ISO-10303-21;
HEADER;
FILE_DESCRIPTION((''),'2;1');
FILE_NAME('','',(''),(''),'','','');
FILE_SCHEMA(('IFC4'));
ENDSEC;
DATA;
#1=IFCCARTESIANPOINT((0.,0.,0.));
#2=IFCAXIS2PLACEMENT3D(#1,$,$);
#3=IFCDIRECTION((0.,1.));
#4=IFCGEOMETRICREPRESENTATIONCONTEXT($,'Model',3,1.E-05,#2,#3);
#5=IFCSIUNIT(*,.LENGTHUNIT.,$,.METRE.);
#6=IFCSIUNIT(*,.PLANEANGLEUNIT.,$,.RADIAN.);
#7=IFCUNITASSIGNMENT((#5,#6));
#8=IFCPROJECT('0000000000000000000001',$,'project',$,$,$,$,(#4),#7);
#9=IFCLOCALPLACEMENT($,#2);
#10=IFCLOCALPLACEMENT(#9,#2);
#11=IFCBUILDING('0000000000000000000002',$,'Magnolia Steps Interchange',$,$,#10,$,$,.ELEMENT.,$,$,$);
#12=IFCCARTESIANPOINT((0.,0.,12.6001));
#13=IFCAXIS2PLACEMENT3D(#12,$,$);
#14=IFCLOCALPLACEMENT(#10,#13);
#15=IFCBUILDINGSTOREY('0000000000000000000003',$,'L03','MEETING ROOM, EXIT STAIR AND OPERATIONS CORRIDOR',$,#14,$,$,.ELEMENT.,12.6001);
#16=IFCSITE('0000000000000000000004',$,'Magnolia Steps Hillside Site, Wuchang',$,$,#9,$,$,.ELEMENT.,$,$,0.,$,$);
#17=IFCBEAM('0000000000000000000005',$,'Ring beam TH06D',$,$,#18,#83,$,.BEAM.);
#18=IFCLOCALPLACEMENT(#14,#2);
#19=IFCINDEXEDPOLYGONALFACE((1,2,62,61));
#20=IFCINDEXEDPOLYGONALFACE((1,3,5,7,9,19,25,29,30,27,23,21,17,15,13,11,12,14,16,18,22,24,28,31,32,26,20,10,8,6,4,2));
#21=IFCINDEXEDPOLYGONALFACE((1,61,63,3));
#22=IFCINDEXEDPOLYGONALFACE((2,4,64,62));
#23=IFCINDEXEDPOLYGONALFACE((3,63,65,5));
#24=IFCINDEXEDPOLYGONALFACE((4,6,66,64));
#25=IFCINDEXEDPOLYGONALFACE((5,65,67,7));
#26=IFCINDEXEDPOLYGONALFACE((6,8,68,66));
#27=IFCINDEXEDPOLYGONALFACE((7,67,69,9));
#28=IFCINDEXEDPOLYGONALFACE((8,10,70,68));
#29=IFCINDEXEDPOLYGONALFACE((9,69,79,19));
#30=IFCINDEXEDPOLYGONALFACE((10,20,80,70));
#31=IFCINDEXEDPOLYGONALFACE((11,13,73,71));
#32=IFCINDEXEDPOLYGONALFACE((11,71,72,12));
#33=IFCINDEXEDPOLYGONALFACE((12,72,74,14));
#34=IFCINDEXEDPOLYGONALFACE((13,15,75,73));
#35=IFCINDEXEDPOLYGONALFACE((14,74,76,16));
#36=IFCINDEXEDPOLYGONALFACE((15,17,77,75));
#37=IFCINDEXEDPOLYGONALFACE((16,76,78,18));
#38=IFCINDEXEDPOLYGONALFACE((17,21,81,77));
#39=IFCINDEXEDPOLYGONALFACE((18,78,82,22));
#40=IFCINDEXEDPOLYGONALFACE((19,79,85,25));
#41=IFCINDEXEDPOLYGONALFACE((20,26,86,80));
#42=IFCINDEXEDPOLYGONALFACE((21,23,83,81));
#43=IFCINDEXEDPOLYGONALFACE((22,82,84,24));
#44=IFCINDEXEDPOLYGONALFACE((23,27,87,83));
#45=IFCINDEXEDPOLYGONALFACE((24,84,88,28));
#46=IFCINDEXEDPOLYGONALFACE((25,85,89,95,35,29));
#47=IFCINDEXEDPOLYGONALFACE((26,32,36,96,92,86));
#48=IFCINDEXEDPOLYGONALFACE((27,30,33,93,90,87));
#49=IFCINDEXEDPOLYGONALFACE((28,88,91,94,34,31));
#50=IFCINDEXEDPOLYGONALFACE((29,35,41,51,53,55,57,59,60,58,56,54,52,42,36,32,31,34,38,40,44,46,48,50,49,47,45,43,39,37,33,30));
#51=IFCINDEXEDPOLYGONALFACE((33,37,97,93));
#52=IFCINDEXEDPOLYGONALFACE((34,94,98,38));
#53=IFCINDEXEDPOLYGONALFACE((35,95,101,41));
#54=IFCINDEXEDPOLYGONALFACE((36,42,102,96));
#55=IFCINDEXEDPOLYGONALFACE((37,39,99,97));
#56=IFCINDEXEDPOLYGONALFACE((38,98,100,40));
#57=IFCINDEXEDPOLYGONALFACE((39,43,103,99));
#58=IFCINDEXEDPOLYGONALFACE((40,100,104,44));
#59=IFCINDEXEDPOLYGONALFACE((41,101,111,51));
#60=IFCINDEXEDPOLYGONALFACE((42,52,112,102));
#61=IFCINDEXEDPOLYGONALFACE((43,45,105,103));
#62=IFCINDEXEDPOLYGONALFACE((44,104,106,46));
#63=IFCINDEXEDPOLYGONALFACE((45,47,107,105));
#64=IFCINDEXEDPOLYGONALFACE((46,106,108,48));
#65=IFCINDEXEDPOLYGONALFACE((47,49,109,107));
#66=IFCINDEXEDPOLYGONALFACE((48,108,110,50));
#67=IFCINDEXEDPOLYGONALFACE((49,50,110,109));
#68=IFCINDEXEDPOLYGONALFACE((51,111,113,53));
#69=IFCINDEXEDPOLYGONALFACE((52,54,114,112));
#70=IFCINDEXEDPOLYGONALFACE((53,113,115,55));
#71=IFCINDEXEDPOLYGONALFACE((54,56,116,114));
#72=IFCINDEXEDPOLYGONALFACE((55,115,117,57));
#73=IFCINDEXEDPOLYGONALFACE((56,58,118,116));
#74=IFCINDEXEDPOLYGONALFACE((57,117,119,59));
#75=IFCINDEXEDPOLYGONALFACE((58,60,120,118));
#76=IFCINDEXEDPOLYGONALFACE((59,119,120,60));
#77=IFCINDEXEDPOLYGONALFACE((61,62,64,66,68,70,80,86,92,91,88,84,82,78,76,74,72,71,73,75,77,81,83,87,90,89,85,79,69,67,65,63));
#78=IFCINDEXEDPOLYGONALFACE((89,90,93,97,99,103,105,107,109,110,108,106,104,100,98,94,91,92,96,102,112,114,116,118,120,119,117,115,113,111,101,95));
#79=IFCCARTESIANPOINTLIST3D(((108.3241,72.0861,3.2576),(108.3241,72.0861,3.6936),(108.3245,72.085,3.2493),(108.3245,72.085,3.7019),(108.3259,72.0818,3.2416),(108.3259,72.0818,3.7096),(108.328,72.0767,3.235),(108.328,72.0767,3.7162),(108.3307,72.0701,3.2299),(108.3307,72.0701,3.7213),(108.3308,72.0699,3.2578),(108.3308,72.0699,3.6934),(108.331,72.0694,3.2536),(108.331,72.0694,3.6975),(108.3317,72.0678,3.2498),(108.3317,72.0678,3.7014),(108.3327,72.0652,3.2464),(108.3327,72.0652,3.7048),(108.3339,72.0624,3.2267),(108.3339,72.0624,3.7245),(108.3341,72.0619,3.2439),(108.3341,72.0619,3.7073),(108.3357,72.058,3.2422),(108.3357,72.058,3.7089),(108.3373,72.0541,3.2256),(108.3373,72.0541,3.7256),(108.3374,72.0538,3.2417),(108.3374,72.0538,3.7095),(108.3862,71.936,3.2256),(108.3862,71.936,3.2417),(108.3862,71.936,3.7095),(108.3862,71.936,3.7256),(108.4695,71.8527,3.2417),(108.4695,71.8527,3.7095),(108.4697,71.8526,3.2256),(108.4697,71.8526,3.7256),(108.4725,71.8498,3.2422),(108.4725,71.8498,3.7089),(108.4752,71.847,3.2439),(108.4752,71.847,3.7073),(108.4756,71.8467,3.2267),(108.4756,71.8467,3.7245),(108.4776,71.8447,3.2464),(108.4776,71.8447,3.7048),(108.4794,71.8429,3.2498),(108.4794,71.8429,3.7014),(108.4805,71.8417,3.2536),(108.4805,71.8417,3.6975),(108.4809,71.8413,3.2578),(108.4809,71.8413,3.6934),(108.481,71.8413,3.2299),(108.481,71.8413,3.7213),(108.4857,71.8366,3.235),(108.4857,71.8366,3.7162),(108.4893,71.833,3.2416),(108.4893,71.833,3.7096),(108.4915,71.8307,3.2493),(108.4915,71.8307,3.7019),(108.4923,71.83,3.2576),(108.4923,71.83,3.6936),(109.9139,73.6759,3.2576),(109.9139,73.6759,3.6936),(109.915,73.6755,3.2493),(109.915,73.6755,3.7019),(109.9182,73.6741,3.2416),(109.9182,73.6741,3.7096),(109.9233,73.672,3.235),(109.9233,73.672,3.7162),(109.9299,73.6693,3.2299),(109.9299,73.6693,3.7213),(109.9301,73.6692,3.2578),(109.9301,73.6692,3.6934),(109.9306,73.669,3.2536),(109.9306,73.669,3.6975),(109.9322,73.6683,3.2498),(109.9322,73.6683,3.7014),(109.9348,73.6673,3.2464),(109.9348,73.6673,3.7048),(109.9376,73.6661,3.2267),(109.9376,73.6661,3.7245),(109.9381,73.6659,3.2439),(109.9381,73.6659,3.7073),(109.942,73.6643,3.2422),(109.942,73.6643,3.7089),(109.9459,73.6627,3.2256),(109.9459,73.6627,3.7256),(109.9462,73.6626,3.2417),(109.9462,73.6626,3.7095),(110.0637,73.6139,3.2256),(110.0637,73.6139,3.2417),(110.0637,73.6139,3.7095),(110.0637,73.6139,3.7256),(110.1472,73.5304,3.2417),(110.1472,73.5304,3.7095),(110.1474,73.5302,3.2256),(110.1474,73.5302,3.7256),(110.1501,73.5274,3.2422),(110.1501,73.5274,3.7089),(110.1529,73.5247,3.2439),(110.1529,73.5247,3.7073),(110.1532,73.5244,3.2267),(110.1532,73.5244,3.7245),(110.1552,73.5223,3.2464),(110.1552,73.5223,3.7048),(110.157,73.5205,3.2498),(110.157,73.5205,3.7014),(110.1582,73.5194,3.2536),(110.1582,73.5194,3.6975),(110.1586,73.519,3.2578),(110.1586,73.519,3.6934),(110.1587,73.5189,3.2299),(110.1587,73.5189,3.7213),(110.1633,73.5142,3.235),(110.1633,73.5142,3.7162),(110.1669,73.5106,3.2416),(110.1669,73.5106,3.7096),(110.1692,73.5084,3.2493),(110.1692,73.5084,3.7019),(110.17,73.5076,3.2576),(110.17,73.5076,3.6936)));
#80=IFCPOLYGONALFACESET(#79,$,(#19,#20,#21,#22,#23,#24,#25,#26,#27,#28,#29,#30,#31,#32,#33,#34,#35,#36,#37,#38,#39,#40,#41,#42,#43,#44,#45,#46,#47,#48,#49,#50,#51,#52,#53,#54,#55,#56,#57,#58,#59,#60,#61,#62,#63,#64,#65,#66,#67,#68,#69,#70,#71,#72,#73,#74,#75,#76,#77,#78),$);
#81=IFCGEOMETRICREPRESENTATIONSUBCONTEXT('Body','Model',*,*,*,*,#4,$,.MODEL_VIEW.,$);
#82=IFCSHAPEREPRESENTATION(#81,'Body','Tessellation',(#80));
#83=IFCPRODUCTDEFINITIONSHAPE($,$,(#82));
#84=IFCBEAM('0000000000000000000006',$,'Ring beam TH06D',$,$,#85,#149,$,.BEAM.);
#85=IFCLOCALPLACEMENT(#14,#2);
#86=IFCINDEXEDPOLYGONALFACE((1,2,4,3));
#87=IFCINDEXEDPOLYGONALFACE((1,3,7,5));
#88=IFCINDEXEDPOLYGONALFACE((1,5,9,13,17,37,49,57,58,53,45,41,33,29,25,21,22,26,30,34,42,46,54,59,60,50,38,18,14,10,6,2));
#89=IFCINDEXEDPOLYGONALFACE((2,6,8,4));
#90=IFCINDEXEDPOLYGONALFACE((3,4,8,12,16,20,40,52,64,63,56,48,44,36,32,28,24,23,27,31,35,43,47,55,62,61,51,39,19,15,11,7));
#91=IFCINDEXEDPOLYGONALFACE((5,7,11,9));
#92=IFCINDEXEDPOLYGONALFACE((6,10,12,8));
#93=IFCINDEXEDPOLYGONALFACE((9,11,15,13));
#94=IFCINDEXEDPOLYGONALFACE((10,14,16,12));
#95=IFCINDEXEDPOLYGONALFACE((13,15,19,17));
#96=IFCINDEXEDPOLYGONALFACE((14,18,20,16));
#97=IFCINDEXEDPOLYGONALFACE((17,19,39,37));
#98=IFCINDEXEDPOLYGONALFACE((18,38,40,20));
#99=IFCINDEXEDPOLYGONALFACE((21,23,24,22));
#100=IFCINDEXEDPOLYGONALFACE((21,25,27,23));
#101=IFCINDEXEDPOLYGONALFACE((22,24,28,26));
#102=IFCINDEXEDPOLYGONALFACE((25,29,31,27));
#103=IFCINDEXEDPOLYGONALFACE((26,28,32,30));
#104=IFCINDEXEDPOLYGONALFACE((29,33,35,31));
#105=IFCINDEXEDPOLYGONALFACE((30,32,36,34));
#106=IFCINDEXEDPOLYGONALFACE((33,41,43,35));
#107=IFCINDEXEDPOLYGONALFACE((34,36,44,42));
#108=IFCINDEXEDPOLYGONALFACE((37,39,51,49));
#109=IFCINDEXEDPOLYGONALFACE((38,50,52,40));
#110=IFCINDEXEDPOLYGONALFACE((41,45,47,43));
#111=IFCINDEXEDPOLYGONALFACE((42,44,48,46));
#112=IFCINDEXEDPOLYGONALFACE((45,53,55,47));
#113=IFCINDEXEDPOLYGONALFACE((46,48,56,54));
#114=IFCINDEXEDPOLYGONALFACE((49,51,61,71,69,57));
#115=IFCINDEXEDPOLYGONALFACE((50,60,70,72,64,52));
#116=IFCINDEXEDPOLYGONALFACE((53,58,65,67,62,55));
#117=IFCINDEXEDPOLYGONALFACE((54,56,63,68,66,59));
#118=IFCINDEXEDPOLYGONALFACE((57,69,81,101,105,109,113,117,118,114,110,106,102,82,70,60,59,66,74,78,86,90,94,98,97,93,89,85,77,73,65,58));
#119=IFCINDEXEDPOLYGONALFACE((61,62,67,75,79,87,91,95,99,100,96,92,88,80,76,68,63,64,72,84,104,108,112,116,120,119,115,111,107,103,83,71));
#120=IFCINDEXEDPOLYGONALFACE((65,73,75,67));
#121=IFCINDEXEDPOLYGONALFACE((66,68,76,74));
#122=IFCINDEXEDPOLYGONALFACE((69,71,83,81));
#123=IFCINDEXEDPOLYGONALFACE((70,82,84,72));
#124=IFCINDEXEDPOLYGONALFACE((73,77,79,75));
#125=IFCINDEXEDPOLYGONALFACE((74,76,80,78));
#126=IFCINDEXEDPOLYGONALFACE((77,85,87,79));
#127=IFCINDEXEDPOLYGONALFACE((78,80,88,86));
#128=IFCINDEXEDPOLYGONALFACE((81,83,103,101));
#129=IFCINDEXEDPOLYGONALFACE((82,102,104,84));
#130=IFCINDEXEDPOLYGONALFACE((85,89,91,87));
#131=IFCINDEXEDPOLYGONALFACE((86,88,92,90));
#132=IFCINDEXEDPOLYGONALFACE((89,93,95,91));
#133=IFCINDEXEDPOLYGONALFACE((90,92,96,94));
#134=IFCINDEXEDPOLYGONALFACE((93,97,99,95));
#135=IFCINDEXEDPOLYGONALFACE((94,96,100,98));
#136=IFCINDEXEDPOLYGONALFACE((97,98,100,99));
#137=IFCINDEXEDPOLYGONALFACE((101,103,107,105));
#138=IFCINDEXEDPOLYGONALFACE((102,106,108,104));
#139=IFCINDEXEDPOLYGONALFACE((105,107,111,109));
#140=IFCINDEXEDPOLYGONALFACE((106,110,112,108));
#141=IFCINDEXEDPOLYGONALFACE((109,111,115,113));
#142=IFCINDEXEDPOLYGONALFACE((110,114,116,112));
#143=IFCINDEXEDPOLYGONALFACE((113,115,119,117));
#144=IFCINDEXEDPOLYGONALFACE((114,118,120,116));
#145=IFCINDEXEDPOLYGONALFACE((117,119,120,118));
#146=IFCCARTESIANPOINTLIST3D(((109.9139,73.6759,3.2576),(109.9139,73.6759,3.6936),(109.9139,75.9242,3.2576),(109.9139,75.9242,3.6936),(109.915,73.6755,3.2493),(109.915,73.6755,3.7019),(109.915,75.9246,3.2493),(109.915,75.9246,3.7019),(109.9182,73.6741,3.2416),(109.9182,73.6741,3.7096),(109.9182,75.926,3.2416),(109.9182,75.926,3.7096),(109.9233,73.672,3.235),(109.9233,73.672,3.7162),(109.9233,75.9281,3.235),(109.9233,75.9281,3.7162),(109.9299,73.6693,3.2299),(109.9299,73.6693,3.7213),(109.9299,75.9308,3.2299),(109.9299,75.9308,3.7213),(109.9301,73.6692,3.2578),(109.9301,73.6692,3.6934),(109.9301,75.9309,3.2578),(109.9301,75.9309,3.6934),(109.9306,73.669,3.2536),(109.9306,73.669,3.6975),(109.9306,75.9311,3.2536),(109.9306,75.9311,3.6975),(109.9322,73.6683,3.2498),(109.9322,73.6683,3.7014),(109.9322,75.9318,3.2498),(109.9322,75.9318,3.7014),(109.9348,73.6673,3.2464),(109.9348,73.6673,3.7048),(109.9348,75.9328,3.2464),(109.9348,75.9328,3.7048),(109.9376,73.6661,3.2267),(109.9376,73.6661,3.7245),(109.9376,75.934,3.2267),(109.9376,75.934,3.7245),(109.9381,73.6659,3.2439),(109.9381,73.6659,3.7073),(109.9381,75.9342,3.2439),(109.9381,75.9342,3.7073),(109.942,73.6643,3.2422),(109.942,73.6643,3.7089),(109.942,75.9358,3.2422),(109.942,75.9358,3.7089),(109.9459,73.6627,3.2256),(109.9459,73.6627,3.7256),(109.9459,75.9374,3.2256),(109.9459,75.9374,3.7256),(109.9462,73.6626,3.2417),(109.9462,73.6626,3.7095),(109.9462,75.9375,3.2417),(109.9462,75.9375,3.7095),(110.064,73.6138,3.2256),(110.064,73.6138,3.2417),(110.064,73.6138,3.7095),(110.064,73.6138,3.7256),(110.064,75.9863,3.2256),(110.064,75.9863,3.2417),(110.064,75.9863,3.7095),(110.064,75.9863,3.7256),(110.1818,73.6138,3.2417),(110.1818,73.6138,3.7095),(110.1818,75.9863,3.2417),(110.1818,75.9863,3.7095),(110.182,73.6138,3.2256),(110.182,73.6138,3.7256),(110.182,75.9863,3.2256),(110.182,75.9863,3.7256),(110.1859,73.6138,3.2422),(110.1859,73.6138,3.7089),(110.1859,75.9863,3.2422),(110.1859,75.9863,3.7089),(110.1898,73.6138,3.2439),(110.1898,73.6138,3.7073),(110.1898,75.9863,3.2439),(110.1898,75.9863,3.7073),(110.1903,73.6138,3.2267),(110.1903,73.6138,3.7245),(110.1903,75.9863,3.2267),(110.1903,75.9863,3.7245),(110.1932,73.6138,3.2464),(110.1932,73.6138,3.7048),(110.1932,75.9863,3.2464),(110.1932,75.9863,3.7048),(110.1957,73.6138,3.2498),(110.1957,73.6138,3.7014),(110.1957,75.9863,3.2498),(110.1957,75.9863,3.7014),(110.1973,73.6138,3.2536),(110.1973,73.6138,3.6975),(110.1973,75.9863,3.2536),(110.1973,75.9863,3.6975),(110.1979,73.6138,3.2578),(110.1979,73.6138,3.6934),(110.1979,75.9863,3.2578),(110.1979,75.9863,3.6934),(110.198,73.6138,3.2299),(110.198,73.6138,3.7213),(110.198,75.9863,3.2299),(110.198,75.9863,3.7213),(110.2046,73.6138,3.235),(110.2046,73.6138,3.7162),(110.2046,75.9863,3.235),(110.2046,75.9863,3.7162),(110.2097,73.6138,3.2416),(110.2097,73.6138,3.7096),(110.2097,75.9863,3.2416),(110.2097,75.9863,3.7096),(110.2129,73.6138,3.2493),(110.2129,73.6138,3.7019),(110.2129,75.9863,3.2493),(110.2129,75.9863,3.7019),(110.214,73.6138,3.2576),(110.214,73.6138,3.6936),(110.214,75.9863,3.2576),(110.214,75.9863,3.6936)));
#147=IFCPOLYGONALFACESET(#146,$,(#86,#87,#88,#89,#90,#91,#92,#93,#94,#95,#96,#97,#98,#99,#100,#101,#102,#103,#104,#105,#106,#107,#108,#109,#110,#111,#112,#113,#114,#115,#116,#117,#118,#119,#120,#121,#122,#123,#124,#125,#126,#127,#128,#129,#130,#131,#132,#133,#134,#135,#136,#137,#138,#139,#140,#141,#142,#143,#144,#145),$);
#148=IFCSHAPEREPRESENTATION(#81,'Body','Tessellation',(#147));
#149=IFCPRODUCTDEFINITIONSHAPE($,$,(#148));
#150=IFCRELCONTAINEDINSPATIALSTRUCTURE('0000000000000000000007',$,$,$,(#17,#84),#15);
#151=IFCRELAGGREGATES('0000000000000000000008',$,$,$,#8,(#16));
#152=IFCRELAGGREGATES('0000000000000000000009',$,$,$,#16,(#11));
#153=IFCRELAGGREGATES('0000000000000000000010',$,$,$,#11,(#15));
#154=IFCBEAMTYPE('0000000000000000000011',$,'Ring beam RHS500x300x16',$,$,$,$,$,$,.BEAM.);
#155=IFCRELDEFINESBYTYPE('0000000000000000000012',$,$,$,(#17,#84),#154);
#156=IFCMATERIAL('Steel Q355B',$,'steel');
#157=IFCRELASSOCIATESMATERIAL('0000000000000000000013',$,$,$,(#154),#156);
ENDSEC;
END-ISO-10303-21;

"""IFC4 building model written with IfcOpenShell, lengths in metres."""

from ifc_helpers import new_model, si_unit, direction, frame, origin, origin_2d, place, context, subcontext, project, spatial, hollow_rectangle, extrude, clip, halfspace, material, material_profile, profile_set, type_object, element, save


model = new_model("IFC4")

# Units and contexts
model_context = context("Model", 3, precision=1e-05, world=origin(), true_north=direction((0.0, 1.0)))
body_context = subcontext(model_context, "Body", "Model", "MODEL_VIEW")
ifc_project = project(units=[si_unit("LENGTHUNIT", "METRE"), si_unit("PLANEANGLEUNIT", "RADIAN")], contexts=[model_context])

# Site, building, storey
site_placement = place(None, origin())
site = spatial("IfcSite", under=ifc_project, at=site_placement, Name="Magnolia Steps Hillside Site, Wuchang", CompositionType="ELEMENT", RefElevation=0.0)
building_placement = place(site_placement, origin())
building = spatial("IfcBuilding", under=site, at=building_placement, Name="Magnolia Steps Interchange", CompositionType="ELEMENT")
storey_placement = place(building_placement, frame((0.0, 0.0, 12.6001)))
storey = spatial("IfcBuildingStorey", under=building, at=storey_placement, Name="L03", Description="MEETING ROOM, EXIT STAIR AND OPERATIONS CORRIDOR", CompositionType="ELEMENT", Elevation=12.6001)

# Beams
ifc_material_1 = material(Name="Steel Q355B", Category="steel")
ifc_material_profile_1 = material_profile(ifc_material_1, hollow_rectangle(XDim=0.3, YDim=0.5, WallThickness=0.0161, InnerFilletRadius=0.0161, OuterFilletRadius=0.032, at=origin_2d()), Name="RHS500x300x16")
ifc_profile_set_1 = profile_set([ifc_material_profile_1], Name="Steel Q355B")
beam_type_1 = type_object("IfcBeamType", Name="Ring beam RHS500x300x16", PredefinedType="BEAM", material=ifc_profile_set_1)
beam_1_placement = place(storey_placement, frame((108.3862, 71.936, 3.4756), z_axis=(0.707107, 0.707107, 0.0), x_axis=(-0.707107, 0.707107, 0.0)))
element("IfcBeam", 1, at=beam_1_placement, inside=storey, type_object=beam_type_1, Name="Ring beam TH06D", PredefinedType="BEAM", context=body_context, shape_type="Clipping", body=[
    clip(clip(extrude(hollow_rectangle(XDim=0.3, YDim=0.5, WallThickness=0.0161, InnerFilletRadius=0.0161, OuterFilletRadius=0.032, at=origin_2d()), origin(), (0.0, 0.0, 1.0), 2.3726), halfspace(frame((0.0, 0.0, 0.0), z_axis=(0.382683, 0.0, -0.92388), x_axis=(0.92388, 0.0, 0.382683)), False)), halfspace(frame((0.0, 0.0, 2.3727), z_axis=(0.382683, 0.0, 0.92388), x_axis=(0.92388, 0.0, -0.382683)), False)),
])
beam_2_placement = place(storey_placement, frame((110.064, 73.6138, 3.4756), z_axis=(0.0, 1.0, 0.0), x_axis=(-1.0, 0.0, 0.0)))
element("IfcBeam", 2, at=beam_2_placement, inside=storey, type_object=beam_type_1, Name="Ring beam TH06D", PredefinedType="BEAM", context=body_context, shape_type="Clipping", body=[
    clip(clip(extrude(hollow_rectangle(XDim=0.3, YDim=0.5, WallThickness=0.0161, InnerFilletRadius=0.0161, OuterFilletRadius=0.032, at=origin_2d()), origin(), (0.0, 0.0, 1.0), 2.3726), halfspace(frame((0.0, 0.0, 0.0), z_axis=(0.382683, 0.0, -0.92388), x_axis=(0.92388, 0.0, 0.382683)), False)), halfspace(frame((0.0, 0.0, 2.3726), z_axis=(0.382683, 0.0, 0.92388), x_axis=(0.92388, 0.0, -0.382683)), False)),
])

save(model, "model.ifc")
